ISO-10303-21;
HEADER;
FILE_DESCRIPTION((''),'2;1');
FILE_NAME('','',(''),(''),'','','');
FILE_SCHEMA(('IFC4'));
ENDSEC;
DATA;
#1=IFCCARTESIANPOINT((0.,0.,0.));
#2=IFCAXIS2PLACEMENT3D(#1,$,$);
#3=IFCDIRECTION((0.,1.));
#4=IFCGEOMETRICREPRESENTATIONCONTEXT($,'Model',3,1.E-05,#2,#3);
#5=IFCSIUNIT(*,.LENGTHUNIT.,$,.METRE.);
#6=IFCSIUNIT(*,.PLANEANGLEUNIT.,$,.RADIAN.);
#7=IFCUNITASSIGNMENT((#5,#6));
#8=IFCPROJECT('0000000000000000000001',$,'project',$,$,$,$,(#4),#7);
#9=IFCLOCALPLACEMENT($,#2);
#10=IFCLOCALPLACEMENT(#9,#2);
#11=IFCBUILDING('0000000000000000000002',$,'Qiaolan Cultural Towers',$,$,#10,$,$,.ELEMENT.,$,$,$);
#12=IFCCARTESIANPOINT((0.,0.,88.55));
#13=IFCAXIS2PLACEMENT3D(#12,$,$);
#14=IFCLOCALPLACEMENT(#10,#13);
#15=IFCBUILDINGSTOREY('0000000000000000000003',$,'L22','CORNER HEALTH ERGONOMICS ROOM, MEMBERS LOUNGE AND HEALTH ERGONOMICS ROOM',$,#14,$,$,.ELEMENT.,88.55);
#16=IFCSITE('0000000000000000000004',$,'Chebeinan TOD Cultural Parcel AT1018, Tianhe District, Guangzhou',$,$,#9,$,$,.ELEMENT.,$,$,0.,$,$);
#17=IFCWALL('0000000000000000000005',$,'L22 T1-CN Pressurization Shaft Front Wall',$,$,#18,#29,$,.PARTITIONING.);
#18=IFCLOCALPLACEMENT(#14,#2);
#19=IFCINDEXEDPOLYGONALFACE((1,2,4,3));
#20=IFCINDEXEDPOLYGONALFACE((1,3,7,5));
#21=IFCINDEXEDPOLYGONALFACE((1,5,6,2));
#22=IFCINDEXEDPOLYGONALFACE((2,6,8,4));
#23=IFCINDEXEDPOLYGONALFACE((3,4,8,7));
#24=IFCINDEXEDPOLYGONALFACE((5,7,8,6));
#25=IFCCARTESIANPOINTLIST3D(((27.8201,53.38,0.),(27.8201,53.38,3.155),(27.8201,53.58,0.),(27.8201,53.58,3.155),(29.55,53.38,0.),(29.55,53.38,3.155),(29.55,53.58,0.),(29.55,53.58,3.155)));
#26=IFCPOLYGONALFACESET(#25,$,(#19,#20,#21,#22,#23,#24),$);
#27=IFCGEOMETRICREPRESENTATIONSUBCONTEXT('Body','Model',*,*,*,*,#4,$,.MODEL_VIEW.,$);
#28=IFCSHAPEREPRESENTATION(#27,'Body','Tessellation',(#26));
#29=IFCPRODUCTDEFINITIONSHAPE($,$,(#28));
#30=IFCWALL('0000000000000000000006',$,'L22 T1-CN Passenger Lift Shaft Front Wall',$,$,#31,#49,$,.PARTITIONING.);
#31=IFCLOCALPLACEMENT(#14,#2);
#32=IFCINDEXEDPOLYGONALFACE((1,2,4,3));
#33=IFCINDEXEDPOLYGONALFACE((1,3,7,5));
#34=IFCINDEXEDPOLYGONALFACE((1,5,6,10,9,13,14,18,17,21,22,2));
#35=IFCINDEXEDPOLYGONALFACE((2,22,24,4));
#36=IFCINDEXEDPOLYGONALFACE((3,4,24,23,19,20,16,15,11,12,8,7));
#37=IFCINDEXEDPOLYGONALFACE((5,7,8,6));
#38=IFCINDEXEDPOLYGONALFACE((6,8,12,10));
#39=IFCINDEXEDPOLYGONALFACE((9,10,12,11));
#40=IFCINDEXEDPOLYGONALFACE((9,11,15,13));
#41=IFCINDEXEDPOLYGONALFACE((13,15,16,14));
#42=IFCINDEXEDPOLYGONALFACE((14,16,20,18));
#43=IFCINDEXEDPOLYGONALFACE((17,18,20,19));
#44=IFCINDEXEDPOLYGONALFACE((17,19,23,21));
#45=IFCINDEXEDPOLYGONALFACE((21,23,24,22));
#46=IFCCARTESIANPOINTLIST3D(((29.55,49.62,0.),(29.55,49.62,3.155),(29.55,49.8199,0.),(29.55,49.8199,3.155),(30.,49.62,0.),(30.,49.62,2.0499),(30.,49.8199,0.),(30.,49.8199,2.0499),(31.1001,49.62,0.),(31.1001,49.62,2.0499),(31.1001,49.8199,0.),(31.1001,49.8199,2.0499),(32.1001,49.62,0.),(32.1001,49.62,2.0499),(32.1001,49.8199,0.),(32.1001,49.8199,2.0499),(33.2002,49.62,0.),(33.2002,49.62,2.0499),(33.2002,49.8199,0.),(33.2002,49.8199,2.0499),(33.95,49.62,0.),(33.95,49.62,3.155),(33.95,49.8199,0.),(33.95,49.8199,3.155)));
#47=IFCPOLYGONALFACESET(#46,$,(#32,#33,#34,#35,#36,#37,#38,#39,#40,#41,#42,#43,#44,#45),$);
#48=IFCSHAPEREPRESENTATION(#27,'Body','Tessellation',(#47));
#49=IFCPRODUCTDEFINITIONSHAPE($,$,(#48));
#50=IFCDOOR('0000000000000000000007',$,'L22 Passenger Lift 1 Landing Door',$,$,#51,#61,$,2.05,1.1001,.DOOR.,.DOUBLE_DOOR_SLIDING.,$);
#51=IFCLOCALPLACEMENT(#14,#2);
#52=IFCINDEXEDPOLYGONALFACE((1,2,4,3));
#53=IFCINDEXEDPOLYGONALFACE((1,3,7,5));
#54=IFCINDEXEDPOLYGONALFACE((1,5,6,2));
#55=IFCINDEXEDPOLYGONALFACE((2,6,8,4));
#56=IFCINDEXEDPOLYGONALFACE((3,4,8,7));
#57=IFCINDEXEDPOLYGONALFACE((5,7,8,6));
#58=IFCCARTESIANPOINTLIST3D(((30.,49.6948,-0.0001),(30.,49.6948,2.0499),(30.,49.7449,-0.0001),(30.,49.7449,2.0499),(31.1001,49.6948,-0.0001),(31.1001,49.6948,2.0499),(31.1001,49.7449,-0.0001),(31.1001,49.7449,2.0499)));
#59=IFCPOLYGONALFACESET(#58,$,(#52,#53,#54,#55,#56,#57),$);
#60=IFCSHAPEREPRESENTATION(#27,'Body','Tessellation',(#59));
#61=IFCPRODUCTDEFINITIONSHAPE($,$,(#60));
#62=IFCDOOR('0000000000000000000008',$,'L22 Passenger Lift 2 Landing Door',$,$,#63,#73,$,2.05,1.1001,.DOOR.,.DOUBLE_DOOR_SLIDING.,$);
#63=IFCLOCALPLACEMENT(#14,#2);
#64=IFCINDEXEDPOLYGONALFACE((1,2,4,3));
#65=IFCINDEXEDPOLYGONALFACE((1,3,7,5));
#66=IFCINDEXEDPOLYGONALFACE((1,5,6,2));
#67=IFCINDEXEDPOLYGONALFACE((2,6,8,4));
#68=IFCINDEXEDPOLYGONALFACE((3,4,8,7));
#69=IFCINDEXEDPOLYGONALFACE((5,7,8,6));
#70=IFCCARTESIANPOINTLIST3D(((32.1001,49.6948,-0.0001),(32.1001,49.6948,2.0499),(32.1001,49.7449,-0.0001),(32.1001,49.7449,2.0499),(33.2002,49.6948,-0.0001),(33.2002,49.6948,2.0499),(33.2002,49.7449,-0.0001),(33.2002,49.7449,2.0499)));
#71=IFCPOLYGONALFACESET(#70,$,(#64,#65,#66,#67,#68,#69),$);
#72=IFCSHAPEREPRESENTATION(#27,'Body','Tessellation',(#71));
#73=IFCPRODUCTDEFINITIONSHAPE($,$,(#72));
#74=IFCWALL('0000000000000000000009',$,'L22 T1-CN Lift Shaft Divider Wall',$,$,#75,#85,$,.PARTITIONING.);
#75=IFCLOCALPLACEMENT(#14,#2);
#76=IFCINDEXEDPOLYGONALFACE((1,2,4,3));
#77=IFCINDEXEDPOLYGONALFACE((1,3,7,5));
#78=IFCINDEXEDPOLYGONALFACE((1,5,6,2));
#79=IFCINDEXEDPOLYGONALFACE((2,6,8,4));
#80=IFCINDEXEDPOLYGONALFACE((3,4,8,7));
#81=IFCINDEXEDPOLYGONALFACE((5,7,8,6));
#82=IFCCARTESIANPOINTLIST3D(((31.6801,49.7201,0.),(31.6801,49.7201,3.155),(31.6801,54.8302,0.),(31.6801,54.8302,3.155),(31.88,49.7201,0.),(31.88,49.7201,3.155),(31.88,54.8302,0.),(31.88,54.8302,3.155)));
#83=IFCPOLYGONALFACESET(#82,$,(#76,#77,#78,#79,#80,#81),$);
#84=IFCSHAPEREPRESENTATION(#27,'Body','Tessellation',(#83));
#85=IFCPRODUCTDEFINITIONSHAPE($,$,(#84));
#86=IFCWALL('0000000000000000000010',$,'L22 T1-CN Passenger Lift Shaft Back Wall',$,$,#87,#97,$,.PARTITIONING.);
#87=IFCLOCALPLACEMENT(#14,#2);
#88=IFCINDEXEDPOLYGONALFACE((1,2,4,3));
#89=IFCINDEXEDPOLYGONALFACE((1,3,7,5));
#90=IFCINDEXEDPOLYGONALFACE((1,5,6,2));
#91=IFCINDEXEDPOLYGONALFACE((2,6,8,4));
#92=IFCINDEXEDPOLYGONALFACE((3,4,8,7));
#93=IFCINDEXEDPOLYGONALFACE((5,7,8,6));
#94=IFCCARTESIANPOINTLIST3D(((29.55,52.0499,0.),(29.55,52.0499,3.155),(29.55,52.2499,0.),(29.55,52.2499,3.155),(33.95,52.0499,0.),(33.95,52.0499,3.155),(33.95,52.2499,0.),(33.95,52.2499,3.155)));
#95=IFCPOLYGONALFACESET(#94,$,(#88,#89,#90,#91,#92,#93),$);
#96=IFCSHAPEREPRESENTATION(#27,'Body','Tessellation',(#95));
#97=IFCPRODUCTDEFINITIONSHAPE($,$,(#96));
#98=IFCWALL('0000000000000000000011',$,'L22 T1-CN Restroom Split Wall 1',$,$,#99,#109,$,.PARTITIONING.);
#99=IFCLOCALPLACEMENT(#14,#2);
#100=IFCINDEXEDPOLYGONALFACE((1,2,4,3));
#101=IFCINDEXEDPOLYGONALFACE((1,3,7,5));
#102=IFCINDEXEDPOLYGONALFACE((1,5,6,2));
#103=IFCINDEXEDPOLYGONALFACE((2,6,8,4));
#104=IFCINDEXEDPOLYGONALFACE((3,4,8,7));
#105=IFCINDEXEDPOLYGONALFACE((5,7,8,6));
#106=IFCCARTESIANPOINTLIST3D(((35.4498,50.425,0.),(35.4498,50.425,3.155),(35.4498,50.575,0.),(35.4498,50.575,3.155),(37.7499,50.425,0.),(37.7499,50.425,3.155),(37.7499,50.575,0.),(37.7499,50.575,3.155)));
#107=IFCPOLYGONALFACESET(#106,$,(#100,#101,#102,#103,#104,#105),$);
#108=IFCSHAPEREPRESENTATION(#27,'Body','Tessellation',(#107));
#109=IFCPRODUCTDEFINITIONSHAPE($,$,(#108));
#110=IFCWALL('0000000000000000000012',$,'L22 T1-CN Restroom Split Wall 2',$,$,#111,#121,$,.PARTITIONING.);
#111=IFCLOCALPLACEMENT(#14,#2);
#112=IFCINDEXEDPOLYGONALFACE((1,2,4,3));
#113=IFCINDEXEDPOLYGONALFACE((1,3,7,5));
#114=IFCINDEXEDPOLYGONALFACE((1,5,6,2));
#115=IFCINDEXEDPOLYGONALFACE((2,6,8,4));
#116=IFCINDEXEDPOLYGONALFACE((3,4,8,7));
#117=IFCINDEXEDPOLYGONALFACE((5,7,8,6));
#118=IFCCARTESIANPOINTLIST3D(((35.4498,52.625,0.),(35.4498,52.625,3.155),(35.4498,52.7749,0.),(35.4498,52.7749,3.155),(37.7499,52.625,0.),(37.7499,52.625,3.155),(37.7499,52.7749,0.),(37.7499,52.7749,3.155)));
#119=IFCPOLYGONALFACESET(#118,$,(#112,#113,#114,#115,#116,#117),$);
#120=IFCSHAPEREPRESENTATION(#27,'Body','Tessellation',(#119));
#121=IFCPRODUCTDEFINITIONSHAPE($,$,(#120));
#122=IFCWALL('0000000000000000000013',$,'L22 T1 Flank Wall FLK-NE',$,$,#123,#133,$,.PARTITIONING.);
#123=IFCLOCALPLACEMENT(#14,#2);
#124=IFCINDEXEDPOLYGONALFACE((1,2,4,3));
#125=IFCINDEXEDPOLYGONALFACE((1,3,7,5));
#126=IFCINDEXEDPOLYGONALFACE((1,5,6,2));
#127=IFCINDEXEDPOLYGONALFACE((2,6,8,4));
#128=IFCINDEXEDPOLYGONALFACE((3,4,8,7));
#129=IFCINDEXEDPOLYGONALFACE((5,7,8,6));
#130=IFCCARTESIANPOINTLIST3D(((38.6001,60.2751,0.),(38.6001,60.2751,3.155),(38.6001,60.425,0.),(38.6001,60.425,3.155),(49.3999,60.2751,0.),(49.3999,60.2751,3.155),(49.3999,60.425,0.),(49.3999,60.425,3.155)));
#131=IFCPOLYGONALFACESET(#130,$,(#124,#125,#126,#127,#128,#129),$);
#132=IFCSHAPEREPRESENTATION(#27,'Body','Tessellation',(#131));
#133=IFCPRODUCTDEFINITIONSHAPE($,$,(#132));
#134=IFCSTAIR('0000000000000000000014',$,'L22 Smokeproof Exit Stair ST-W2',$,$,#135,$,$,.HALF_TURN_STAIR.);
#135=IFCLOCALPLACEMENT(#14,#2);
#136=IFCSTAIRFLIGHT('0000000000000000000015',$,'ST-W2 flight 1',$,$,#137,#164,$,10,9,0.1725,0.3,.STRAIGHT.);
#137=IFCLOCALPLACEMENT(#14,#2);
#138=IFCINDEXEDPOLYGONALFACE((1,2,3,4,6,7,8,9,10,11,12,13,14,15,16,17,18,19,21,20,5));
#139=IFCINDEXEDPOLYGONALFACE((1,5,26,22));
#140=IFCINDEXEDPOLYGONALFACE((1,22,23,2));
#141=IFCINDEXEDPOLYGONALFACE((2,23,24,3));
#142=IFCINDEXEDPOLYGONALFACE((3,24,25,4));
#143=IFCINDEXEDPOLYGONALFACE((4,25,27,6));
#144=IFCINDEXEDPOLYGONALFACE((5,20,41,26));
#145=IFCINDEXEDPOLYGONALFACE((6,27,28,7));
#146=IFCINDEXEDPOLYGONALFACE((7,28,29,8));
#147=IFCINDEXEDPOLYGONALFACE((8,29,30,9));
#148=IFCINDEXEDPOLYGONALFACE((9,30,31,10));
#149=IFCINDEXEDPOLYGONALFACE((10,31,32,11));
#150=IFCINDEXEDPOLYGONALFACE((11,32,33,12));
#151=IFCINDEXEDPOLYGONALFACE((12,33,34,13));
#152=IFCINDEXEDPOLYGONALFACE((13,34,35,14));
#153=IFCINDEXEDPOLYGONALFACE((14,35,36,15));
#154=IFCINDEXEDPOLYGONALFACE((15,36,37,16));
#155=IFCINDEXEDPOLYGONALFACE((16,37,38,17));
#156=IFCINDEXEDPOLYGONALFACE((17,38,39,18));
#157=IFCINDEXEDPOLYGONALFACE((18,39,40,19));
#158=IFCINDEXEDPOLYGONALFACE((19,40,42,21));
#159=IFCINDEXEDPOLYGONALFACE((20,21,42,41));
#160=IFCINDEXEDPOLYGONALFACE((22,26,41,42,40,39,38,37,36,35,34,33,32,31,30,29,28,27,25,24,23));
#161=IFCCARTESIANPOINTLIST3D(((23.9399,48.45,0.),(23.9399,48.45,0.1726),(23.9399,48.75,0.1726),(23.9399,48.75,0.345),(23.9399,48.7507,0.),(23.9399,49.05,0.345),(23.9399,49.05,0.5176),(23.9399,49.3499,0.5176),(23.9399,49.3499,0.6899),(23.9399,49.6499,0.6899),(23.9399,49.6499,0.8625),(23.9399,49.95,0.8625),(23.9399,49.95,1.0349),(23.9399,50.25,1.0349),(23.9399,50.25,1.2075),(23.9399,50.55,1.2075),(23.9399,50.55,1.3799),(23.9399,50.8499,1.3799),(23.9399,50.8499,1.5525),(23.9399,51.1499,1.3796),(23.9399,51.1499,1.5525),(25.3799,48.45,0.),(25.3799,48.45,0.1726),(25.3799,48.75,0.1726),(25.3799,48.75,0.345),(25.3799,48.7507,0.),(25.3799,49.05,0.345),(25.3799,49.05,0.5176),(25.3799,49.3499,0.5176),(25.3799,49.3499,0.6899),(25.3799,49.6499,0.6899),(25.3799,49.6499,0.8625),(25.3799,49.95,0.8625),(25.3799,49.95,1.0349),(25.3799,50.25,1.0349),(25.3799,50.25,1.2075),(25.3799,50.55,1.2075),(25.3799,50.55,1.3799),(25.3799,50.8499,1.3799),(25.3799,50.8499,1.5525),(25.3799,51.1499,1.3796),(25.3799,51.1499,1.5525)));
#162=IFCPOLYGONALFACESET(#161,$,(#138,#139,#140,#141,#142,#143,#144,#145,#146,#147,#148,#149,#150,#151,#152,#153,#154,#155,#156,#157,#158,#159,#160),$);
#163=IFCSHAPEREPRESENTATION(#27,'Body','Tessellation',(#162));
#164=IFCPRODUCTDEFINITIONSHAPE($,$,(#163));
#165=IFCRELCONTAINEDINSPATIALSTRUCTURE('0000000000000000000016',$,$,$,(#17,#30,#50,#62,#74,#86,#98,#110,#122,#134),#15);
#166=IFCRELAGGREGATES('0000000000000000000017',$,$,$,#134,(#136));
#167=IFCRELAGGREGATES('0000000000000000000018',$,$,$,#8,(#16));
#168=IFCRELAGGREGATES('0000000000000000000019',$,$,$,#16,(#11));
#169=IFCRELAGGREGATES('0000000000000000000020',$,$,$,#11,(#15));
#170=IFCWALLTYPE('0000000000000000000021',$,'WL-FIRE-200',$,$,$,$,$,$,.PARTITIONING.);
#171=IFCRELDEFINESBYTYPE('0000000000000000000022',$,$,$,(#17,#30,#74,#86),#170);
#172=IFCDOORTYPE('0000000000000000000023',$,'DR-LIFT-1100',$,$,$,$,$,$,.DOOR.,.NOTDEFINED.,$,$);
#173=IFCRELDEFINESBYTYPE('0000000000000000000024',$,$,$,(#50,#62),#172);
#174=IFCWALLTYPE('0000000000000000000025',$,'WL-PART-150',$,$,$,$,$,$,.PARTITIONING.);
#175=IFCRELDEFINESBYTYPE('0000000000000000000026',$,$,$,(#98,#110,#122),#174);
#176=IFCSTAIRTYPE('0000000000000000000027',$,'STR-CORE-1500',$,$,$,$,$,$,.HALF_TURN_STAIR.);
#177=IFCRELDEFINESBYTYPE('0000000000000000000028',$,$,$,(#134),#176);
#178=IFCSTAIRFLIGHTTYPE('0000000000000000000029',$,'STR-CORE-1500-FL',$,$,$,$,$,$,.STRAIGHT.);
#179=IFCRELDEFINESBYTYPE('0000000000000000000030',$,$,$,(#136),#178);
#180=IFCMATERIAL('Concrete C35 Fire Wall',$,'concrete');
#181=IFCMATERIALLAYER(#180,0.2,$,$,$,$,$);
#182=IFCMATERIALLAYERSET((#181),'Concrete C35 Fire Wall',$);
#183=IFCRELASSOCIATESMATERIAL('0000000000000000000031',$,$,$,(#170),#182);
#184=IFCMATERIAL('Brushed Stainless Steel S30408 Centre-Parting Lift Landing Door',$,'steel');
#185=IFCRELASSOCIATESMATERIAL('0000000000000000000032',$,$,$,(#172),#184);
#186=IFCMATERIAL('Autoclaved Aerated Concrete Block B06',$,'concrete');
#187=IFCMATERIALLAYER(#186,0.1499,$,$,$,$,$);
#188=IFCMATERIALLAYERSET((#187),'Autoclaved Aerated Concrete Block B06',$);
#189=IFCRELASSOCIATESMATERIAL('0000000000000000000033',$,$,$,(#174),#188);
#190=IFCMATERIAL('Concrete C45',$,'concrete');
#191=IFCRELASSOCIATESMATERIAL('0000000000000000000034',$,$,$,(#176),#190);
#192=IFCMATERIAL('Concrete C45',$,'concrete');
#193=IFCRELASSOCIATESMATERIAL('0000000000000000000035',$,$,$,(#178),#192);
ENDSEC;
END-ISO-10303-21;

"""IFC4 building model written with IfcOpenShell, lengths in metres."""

from ifc_helpers import new_model, si_unit, direction, frame, frame_2d, origin, place, context, subcontext, project, spatial, polyline, rectangle, outline, extrude, material, layer, layer_set, type_object, element, fill, aggregate, save


model = new_model("IFC4")

# Units and contexts
model_context = context("Model", 3, precision=1e-05, world=origin(), true_north=direction((0.0, 1.0)))
body_context = subcontext(model_context, "Body", "Model", "MODEL_VIEW")
ifc_project = project(units=[si_unit("LENGTHUNIT", "METRE"), si_unit("PLANEANGLEUNIT", "RADIAN")], contexts=[model_context])

# Site, building, storey
site_placement = place(None, origin())
site = spatial("IfcSite", under=ifc_project, at=site_placement, Name="Chebeinan TOD Cultural Parcel AT1018, Tianhe District, Guangzhou", CompositionType="ELEMENT", RefElevation=0.0)
building_placement = place(site_placement, origin())
building = spatial("IfcBuilding", under=site, at=building_placement, Name="Qiaolan Cultural Towers", CompositionType="ELEMENT")
storey_placement = place(building_placement, frame((0.0, 0.0, 88.55)))
storey = spatial("IfcBuildingStorey", under=building, at=storey_placement, Name="L22", Description="CORNER HEALTH ERGONOMICS ROOM, MEMBERS LOUNGE AND HEALTH ERGONOMICS ROOM", CompositionType="ELEMENT", Elevation=88.55)

# Shared definitions
ifc_material_1 = material(Name="Concrete C35 Fire Wall", Category="concrete")
ifc_layer_1 = layer(ifc_material_1, 0.2)
ifc_layer_set_1 = layer_set([ifc_layer_1], Name="Concrete C35 Fire Wall")
wall_type_1 = type_object("IfcWallType", Name="WL-FIRE-200", PredefinedType="PARTITIONING", material=ifc_layer_set_1)
ifc_material_2 = material(Name="Brushed Stainless Steel S30408 Centre-Parting Lift Landing Door", Category="steel")
door_type = type_object("IfcDoorType", Name="DR-LIFT-1100", OperationType="NOTDEFINED", PredefinedType="DOOR", material=ifc_material_2)

# Wall
wall_1_placement = place(storey_placement, frame((27.8201, 53.48, 0.0), z_axis=(0.0, 0.0, 1.0), x_axis=(1.0, 0.0, 0.0)))
element("IfcWall", 1, at=wall_1_placement, inside=storey, type_object=wall_type_1, Name="L22 T1-CN Pressurization Shaft Front Wall", PredefinedType="PARTITIONING", context=body_context, shape_type="SweptSolid", body=[
    extrude(rectangle(XDim=1.73, YDim=0.2, at=frame_2d((0.865, 0.0))), origin(), (0.0, 0.0, 1.0), 3.155),
])

# Wall, openings, doors
wall_2_placement = place(storey_placement, frame((29.55, 49.72, 0.0), z_axis=(0.0, 0.0, 1.0), x_axis=(1.0, 0.0, 0.0)))
wall_2 = element("IfcWall", 2, at=wall_2_placement, inside=storey, type_object=wall_type_1, Name="L22 T1-CN Passenger Lift Shaft Front Wall", PredefinedType="PARTITIONING", context=body_context, shape_type="SweptSolid", body=[
    extrude(rectangle(XDim=4.3999, YDim=0.2, at=frame_2d((2.2, 0.0))), origin(), (0.0, 0.0, 1.0), 3.155),
])
opening_1_placement = place(wall_2_placement, frame((0.45, 0.0, 0.0)))
opening_1 = element("IfcOpeningElement", 3, at=opening_1_placement, cuts=wall_2, PredefinedType="OPENING", context=body_context, shape_type="SweptSolid", body=[
    extrude(rectangle(XDim=1.1001, YDim=2.05, at=frame_2d((0.55, 1.0249))), frame((0.0, 0.1099, 0.0), z_axis=(0.0, -1.0, 0.0), x_axis=(1.0, 0.0, 0.0)), (0.0, 0.0, 1.0), 0.22),
])
opening_2_placement = place(wall_2_placement, frame((2.55, 0.0, 0.0)))
opening_2 = element("IfcOpeningElement", 4, at=opening_2_placement, cuts=wall_2, PredefinedType="OPENING", context=body_context, shape_type="SweptSolid", body=[
    extrude(rectangle(XDim=1.1001, YDim=2.05, at=frame_2d((0.55, 1.0249))), frame((0.0, 0.1099, 0.0), z_axis=(0.0, -1.0, 0.0), x_axis=(1.0, 0.0, 0.0)), (0.0, 0.0, 1.0), 0.22),
])
door_1_placement = place(opening_1_placement, origin())
door_1 = element("IfcDoor", 5, at=door_1_placement, inside=storey, type_object=door_type, Name="L22 Passenger Lift 1 Landing Door", OperationType="DOUBLE_DOOR_SLIDING", OverallHeight=2.05, OverallWidth=1.1001, PredefinedType="DOOR", context=body_context, shape_type="SweptSolid", body=[
    extrude(rectangle(XDim=1.1001, YDim=2.05, at=frame_2d((0.55, 1.0249))), frame((0.0, 0.0249, 0.0), z_axis=(0.0, -1.0, 0.0), x_axis=(1.0, 0.0, 0.0)), (0.0, 0.0, 1.0), 0.05),
])
fill(opening_1, door_1)
door_2_placement = place(opening_2_placement, origin())
door_2 = element("IfcDoor", 6, at=door_2_placement, inside=storey, type_object=door_type, Name="L22 Passenger Lift 2 Landing Door", OperationType="DOUBLE_DOOR_SLIDING", OverallHeight=2.05, OverallWidth=1.1001, PredefinedType="DOOR", context=body_context, shape_type="SweptSolid", body=[
    extrude(rectangle(XDim=1.1001, YDim=2.05, at=frame_2d((0.55, 1.0249))), frame((0.0, 0.0249, 0.0), z_axis=(0.0, -1.0, 0.0), x_axis=(1.0, 0.0, 0.0)), (0.0, 0.0, 1.0), 0.05),
])
fill(opening_2, door_2)

# Walls
wall_3_placement = place(storey_placement, frame((31.78, 49.72, 0.0), z_axis=(0.0, 0.0, 1.0), x_axis=(0.0, 1.0, 0.0)))
element("IfcWall", 7, at=wall_3_placement, inside=storey, type_object=wall_type_1, Name="L22 T1-CN Lift Shaft Divider Wall", PredefinedType="PARTITIONING", context=body_context, shape_type="SweptSolid", body=[
    extrude(rectangle(XDim=5.1101, YDim=0.2, at=frame_2d((2.5552, 0.0))), origin(), (0.0, 0.0, 1.0), 3.155),
])
wall_4_placement = place(storey_placement, frame((29.55, 52.1499, 0.0), z_axis=(0.0, 0.0, 1.0), x_axis=(1.0, 0.0, 0.0)))
element("IfcWall", 8, at=wall_4_placement, inside=storey, type_object=wall_type_1, Name="L22 T1-CN Passenger Lift Shaft Back Wall", PredefinedType="PARTITIONING", context=body_context, shape_type="SweptSolid", body=[
    extrude(rectangle(XDim=4.3999, YDim=0.2, at=frame_2d((2.2, 0.0))), origin(), (0.0, 0.0, 1.0), 3.155),
])
ifc_material_3 = material(Name="Autoclaved Aerated Concrete Block B06", Category="concrete")
ifc_layer_2 = layer(ifc_material_3, 0.1499)
ifc_layer_set_2 = layer_set([ifc_layer_2], Name="Autoclaved Aerated Concrete Block B06")
wall_type_2 = type_object("IfcWallType", Name="WL-PART-150", PredefinedType="PARTITIONING", material=ifc_layer_set_2)
for number, where, z_axis, x_axis, name in (
    (9, (35.45, 50.5, 0.0), (0.0, 0.0, 1.0), (1.0, 0.0, 0.0), "L22 T1-CN Restroom Split Wall 1"),
    (10, (35.45, 52.7, 0.0), (0.0, 0.0, 1.0), (1.0, 0.0, 0.0), "L22 T1-CN Restroom Split Wall 2"),
):
    element("IfcWall", number, at=place(storey_placement, frame(where, z_axis=z_axis, x_axis=x_axis)), inside=storey, type_object=wall_type_2, Name=name, PredefinedType="PARTITIONING", context=body_context, shape_type="SweptSolid", body=[
        extrude(rectangle(XDim=2.3, YDim=0.1499, at=frame_2d((1.1499, 0.0))), origin(), (0.0, 0.0, 1.0), 3.155),
    ])
wall_5_placement = place(storey_placement, frame((38.6001, 60.3501, 0.0), z_axis=(0.0, 0.0, 1.0), x_axis=(1.0, 0.0, 0.0)))
element("IfcWall", 11, at=wall_5_placement, inside=storey, type_object=wall_type_2, Name="L22 T1 Flank Wall FLK-NE", PredefinedType="PARTITIONING", context=body_context, shape_type="SweptSolid", body=[
    extrude(rectangle(XDim=10.7998, YDim=0.1499, at=frame_2d((5.3999, 0.0))), origin(), (0.0, 0.0, 1.0), 3.155),
])

# Stair, stair flight
ifc_material_4 = material(Name="Concrete C45", Category="concrete")
stair_type = type_object("IfcStairType", Name="STR-CORE-1500", PredefinedType="HALF_TURN_STAIR", material=ifc_material_4)
stair_placement = place(storey_placement, origin())
stair = element("IfcStair", 12, at=stair_placement, inside=storey, type_object=stair_type, Name="L22 Smokeproof Exit Stair ST-W2", PredefinedType="HALF_TURN_STAIR")
ifc_material_5 = material(Name="Concrete C45", Category="concrete")
stair_flight_type = type_object("IfcStairFlightType", Name="STR-CORE-1500-FL", PredefinedType="STRAIGHT", material=ifc_material_5)
stair_flight_placement = place(storey_placement, frame((24.6599, 48.45, 0.0), z_axis=(0.0, 0.0, 1.0), x_axis=(0.0, 1.0, 0.0)))
stair_flight = element("IfcStairFlight", 13, at=stair_flight_placement, type_object=stair_flight_type, Name="ST-W2 flight 1", NumberOfRisers=10, NumberOfTreads=9, PredefinedType="STRAIGHT", RiserHeight=0.1725, TreadLength=0.3, context=body_context, shape_type="SweptSolid", body=[
    extrude(outline(polyline([(0.0, 0.0), (0.0, 0.1726), (0.3, 0.1726), (0.3, 0.345), (0.6001, 0.345), (0.6001, 0.5176), (0.8999, 0.5176), (0.8999, 0.6899), (1.2, 0.6899), (1.2, 0.8625), (1.5, 0.8625), (1.5, 1.0349), (1.8, 1.0349), (1.8, 1.2075), (2.1001, 1.2075), (2.1001, 1.3799), (2.3999, 1.3799), (2.3999, 1.5525), (2.7, 1.5525), (2.7, 1.7251), (2.7, 1.3796), (0.3008, 0.0), (0.0, 0.0)])), frame((0.0, 0.72, 0.0), z_axis=(0.0, -1.0, 0.0), x_axis=(1.0, 0.0, 0.0)), (0.0, 0.0, 1.0), 1.4399),
])
aggregate(stair, [stair_flight])

save(model, "model.ifc")
